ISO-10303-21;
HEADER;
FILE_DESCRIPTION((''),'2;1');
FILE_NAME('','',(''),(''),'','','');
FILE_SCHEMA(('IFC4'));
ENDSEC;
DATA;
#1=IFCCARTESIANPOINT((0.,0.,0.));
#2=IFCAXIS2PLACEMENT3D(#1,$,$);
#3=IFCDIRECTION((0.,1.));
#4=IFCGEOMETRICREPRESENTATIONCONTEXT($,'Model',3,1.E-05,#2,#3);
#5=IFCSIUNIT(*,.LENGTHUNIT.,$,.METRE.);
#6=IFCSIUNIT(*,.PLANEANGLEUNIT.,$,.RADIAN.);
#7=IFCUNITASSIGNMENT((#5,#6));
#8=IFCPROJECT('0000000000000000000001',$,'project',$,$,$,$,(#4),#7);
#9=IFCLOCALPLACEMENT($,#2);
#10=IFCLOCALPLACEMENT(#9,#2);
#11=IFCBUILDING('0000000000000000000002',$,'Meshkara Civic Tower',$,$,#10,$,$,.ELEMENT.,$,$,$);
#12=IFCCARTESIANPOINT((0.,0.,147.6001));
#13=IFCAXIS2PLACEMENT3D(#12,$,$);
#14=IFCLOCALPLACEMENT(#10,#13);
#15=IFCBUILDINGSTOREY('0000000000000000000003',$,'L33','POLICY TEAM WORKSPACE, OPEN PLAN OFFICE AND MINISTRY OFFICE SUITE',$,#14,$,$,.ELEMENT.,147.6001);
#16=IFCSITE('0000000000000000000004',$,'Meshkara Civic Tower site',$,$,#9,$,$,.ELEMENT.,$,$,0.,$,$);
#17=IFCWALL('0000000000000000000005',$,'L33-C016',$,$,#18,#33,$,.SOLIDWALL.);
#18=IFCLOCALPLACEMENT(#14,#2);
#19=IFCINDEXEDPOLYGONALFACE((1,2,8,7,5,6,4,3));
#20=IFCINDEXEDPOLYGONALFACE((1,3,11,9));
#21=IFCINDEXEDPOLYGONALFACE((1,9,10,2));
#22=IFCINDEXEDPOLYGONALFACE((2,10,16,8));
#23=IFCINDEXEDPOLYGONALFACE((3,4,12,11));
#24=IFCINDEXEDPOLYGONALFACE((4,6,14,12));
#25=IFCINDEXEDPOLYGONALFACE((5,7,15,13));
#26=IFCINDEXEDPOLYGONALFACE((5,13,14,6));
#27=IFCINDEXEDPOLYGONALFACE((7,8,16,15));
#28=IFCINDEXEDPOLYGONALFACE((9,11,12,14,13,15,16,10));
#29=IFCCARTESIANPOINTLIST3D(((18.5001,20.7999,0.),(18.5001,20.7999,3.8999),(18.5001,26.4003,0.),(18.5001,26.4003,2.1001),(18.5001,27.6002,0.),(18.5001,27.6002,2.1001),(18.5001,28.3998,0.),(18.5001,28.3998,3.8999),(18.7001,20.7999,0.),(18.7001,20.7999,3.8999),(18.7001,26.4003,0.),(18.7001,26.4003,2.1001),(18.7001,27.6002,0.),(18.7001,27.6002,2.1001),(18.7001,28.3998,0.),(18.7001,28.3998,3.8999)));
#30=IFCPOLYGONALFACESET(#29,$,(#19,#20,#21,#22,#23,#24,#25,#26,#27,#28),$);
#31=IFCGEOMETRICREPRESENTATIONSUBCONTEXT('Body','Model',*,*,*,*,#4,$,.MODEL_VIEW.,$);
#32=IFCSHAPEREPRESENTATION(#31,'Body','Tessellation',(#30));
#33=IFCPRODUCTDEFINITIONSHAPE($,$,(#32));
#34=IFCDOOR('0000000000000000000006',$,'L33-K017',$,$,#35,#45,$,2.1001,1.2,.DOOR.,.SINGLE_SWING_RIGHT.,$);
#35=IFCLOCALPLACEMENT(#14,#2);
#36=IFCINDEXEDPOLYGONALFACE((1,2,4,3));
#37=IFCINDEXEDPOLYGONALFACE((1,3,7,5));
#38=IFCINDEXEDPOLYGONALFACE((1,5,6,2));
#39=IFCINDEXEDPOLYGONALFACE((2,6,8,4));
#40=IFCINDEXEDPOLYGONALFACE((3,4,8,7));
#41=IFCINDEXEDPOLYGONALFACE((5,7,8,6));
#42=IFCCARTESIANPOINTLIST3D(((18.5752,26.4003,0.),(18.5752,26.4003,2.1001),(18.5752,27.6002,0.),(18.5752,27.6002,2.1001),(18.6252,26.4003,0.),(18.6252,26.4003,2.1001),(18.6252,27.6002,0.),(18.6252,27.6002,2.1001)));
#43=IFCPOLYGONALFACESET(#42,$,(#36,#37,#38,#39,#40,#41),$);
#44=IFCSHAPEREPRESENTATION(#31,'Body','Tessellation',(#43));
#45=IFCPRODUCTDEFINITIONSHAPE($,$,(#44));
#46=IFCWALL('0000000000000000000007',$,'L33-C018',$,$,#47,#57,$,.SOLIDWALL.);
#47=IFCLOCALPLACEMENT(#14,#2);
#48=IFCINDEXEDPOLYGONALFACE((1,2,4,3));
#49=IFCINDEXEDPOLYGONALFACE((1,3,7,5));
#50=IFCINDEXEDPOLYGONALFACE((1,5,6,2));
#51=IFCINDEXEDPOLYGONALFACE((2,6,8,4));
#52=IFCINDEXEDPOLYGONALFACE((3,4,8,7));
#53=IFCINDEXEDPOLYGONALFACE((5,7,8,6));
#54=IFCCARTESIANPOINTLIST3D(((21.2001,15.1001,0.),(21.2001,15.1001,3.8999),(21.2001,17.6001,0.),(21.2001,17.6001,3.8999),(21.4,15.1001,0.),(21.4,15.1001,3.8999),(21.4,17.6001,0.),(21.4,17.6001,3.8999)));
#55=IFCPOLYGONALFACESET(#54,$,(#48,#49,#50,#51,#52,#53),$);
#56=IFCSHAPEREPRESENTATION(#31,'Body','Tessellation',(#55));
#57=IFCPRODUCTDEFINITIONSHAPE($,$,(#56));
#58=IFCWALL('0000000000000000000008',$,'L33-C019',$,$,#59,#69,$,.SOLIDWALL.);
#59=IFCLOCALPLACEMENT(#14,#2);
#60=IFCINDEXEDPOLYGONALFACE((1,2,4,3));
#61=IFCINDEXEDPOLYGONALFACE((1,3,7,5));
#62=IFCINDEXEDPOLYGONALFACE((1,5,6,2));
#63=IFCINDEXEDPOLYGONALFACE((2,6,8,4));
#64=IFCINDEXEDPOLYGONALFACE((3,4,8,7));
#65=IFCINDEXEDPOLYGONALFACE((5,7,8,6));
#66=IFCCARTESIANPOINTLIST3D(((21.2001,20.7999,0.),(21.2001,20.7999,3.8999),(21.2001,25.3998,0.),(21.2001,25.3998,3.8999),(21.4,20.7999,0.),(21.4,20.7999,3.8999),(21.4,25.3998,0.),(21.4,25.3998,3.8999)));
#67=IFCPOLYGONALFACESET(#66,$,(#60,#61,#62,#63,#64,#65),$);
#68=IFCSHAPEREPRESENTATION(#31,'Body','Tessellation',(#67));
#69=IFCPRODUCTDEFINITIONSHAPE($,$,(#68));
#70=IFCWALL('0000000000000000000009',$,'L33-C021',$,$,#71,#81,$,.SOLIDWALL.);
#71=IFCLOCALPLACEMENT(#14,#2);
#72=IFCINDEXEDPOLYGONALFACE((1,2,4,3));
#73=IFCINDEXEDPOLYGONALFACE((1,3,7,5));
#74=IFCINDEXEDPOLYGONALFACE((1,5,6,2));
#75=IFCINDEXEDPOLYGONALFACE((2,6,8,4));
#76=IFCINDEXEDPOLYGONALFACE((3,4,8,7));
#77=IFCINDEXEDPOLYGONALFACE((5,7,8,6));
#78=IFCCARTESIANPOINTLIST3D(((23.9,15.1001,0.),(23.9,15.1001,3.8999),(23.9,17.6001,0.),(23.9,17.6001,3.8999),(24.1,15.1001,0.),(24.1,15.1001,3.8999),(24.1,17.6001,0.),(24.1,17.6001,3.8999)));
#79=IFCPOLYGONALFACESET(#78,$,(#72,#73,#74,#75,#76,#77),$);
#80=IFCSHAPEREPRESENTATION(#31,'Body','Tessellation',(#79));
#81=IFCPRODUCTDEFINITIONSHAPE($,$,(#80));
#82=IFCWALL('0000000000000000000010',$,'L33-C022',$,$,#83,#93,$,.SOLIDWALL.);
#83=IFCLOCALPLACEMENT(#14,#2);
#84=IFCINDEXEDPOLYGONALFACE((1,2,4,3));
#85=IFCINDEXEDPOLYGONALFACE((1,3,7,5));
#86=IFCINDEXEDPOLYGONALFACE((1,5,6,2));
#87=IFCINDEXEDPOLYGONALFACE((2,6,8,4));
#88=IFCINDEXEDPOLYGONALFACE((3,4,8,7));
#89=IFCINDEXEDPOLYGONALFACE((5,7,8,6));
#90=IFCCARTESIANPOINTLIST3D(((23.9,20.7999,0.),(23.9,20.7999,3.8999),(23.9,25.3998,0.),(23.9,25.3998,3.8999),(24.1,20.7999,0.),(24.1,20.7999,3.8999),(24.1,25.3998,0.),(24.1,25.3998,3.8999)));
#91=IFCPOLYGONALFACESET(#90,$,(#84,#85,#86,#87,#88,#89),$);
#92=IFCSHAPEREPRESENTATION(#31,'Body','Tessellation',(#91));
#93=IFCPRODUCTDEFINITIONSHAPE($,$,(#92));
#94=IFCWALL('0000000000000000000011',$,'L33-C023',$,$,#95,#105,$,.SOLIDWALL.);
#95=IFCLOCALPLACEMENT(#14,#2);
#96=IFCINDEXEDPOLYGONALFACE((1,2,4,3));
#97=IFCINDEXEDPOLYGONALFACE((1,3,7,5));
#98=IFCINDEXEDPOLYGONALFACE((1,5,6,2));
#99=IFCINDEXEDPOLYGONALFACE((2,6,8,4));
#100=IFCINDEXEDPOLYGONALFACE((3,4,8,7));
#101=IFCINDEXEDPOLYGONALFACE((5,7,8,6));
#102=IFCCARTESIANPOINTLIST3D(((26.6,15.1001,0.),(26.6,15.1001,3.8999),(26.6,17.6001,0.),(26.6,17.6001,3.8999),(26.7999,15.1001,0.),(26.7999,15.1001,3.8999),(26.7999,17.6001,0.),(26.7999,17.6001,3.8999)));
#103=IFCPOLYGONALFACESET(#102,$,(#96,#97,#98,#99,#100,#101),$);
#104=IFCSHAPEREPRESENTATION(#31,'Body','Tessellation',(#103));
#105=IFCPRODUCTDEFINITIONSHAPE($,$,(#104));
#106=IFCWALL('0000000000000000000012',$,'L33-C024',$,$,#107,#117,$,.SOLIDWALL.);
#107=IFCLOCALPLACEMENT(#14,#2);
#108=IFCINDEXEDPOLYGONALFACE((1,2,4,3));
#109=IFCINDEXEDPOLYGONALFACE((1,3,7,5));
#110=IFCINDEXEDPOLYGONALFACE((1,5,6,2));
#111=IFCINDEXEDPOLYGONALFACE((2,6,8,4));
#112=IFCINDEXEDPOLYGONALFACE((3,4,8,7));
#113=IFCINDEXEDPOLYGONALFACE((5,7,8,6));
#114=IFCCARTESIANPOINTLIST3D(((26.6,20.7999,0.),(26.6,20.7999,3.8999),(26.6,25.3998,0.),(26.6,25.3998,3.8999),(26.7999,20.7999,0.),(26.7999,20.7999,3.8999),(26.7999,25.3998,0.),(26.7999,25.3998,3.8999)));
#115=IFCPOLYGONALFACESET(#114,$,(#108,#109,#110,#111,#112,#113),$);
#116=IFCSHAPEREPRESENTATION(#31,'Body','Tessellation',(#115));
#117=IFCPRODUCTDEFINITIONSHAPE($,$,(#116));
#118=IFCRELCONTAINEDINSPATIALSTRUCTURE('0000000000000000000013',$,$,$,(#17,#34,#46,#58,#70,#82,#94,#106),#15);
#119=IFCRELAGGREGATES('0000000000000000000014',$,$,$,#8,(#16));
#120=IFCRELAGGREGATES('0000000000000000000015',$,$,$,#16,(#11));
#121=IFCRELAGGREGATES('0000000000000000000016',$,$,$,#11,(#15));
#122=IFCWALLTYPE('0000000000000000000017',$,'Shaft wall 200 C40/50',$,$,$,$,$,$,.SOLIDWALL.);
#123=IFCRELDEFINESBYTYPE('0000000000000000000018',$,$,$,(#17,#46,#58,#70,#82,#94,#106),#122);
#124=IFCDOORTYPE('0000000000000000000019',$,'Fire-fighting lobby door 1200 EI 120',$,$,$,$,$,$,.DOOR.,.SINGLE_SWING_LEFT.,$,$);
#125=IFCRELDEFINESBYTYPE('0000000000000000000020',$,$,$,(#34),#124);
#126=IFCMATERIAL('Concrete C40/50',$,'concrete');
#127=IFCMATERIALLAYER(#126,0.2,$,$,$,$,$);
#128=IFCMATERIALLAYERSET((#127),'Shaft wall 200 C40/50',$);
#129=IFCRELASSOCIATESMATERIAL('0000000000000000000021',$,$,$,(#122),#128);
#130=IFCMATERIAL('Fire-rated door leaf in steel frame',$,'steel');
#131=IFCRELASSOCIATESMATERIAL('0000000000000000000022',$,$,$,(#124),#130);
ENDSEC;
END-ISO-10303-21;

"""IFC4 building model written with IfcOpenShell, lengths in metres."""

from ifc_helpers import new_model, si_unit, direction, frame, frame_2d, origin, place, context, subcontext, project, spatial, rectangle, extrude, material, layer, layer_set, type_object, element, fill, save


model = new_model("IFC4")

# Units and contexts
model_context = context("Model", 3, precision=1e-05, world=origin(), true_north=direction((0.0, 1.0)))
body_context = subcontext(model_context, "Body", "Model", "MODEL_VIEW")
ifc_project = project(units=[si_unit("LENGTHUNIT", "METRE"), si_unit("PLANEANGLEUNIT", "RADIAN")], contexts=[model_context])

# Site, building, storey
site_placement = place(None, origin())
site = spatial("IfcSite", under=ifc_project, at=site_placement, Name="Meshkara Civic Tower site", CompositionType="ELEMENT", RefElevation=0.0)
building_placement = place(site_placement, origin())
building = spatial("IfcBuilding", under=site, at=building_placement, Name="Meshkara Civic Tower", CompositionType="ELEMENT")
storey_placement = place(building_placement, frame((0.0, 0.0, 147.6001)))
storey = spatial("IfcBuildingStorey", under=building, at=storey_placement, Name="L33", Description="POLICY TEAM WORKSPACE, OPEN PLAN OFFICE AND MINISTRY OFFICE SUITE", CompositionType="ELEMENT", Elevation=147.6001)

# Shared definitions
ifc_material_1 = material(Name="Concrete C40/50", Category="concrete")
ifc_layer_1 = layer(ifc_material_1, 0.2)
ifc_layer_set_1 = layer_set([ifc_layer_1], Name="Shaft wall 200 C40/50")
wall_type_1 = type_object("IfcWallType", Name="Shaft wall 200 C40/50", PredefinedType="SOLIDWALL", material=ifc_layer_set_1)

# Wall, opening, door
wall_1_placement = place(storey_placement, frame((18.6001, 20.8, 0.0), z_axis=(0.0, 0.0, 1.0), x_axis=(0.0, 1.0, 0.0)))
wall_1 = element("IfcWall", 1, at=wall_1_placement, inside=storey, type_object=wall_type_1, Name="L33-C016", PredefinedType="SOLIDWALL", context=body_context, shape_type="SweptSolid", body=[
    extrude(rectangle(XDim=7.5999, YDim=0.2, at=frame_2d((3.7998, 0.0))), origin(), (0.0, 0.0, 1.0), 3.8999),
])
opening_1_placement = place(wall_1_placement, frame((5.6001, 0.0, 0.0)))
opening_1 = element("IfcOpeningElement", 2, at=opening_1_placement, cuts=wall_1, PredefinedType="OPENING", context=body_context, shape_type="SweptSolid", body=[
    extrude(rectangle(XDim=1.2, YDim=2.1001, at=frame_2d((0.6001, 1.05))), frame((0.0, 0.1099, 0.0), z_axis=(0.0, -1.0, 0.0), x_axis=(1.0, 0.0, 0.0)), (0.0, 0.0, 1.0), 0.22),
])
ifc_material_2 = material(Name="Fire-rated door leaf in steel frame", Category="steel")
door_type_1 = type_object("IfcDoorType", Name="Fire-fighting lobby door 1200 EI 120", OperationType="SINGLE_SWING_LEFT", PredefinedType="DOOR", material=ifc_material_2)
door_1_placement = place(opening_1_placement, origin())
door_1 = element("IfcDoor", 3, at=door_1_placement, inside=storey, type_object=door_type_1, Name="L33-K017", OperationType="SINGLE_SWING_RIGHT", OverallHeight=2.1001, OverallWidth=1.2, PredefinedType="DOOR", context=body_context, shape_type="SweptSolid", body=[
    extrude(rectangle(XDim=1.2, YDim=2.1001, at=frame_2d((0.6001, 1.05))), frame((0.0, 0.0249, 0.0), z_axis=(0.0, -1.0, 0.0), x_axis=(1.0, 0.0, 0.0)), (0.0, 0.0, 1.0), 0.05),
])
fill(opening_1, door_1)

# Walls
wall_2_placement = place(storey_placement, frame((21.3, 15.1001, 0.0), z_axis=(0.0, 0.0, 1.0), x_axis=(0.0, 1.0, 0.0)))
element("IfcWall", 4, at=wall_2_placement, inside=storey, type_object=wall_type_1, Name="L33-C018", PredefinedType="SOLIDWALL", context=body_context, shape_type="SweptSolid", body=[
    extrude(rectangle(XDim=2.5, YDim=0.2, at=frame_2d((1.25, 0.0))), origin(), (0.0, 0.0, 1.0), 3.8999),
])
wall_3_placement = place(storey_placement, frame((21.3, 20.8, 0.0), z_axis=(0.0, 0.0, 1.0), x_axis=(0.0, 1.0, 0.0)))
element("IfcWall", 5, at=wall_3_placement, inside=storey, type_object=wall_type_1, Name="L33-C019", PredefinedType="SOLIDWALL", context=body_context, shape_type="SweptSolid", body=[
    extrude(rectangle(XDim=4.5999, YDim=0.2, at=frame_2d((2.2998, 0.0))), origin(), (0.0, 0.0, 1.0), 3.8999),
])
wall_4_placement = place(storey_placement, frame((24.0, 15.1001, 0.0), z_axis=(0.0, 0.0, 1.0), x_axis=(0.0, 1.0, 0.0)))
element("IfcWall", 6, at=wall_4_placement, inside=storey, type_object=wall_type_1, Name="L33-C021", PredefinedType="SOLIDWALL", context=body_context, shape_type="SweptSolid", body=[
    extrude(rectangle(XDim=2.5, YDim=0.2, at=frame_2d((1.25, 0.0))), origin(), (0.0, 0.0, 1.0), 3.8999),
])
wall_5_placement = place(storey_placement, frame((24.0, 20.8, 0.0), z_axis=(0.0, 0.0, 1.0), x_axis=(0.0, 1.0, 0.0)))
element("IfcWall", 7, at=wall_5_placement, inside=storey, type_object=wall_type_1, Name="L33-C022", PredefinedType="SOLIDWALL", context=body_context, shape_type="SweptSolid", body=[
    extrude(rectangle(XDim=4.5999, YDim=0.2, at=frame_2d((2.2998, 0.0))), origin(), (0.0, 0.0, 1.0), 3.8999),
])
wall_6_placement = place(storey_placement, frame((26.7, 15.1001, 0.0), z_axis=(0.0, 0.0, 1.0), x_axis=(0.0, 1.0, 0.0)))
element("IfcWall", 8, at=wall_6_placement, inside=storey, type_object=wall_type_1, Name="L33-C023", PredefinedType="SOLIDWALL", context=body_context, shape_type="SweptSolid", body=[
    extrude(rectangle(XDim=2.5, YDim=0.2, at=frame_2d((1.25, 0.0))), origin(), (0.0, 0.0, 1.0), 3.8999),
])
wall_7_placement = place(storey_placement, frame((26.7, 20.8, 0.0), z_axis=(0.0, 0.0, 1.0), x_axis=(0.0, 1.0, 0.0)))
element("IfcWall", 9, at=wall_7_placement, inside=storey, type_object=wall_type_1, Name="L33-C024", PredefinedType="SOLIDWALL", context=body_context, shape_type="SweptSolid", body=[
    extrude(rectangle(XDim=4.5999, YDim=0.2, at=frame_2d((2.2998, 0.0))), origin(), (0.0, 0.0, 1.0), 3.8999),
])

save(model, "model.ifc")
